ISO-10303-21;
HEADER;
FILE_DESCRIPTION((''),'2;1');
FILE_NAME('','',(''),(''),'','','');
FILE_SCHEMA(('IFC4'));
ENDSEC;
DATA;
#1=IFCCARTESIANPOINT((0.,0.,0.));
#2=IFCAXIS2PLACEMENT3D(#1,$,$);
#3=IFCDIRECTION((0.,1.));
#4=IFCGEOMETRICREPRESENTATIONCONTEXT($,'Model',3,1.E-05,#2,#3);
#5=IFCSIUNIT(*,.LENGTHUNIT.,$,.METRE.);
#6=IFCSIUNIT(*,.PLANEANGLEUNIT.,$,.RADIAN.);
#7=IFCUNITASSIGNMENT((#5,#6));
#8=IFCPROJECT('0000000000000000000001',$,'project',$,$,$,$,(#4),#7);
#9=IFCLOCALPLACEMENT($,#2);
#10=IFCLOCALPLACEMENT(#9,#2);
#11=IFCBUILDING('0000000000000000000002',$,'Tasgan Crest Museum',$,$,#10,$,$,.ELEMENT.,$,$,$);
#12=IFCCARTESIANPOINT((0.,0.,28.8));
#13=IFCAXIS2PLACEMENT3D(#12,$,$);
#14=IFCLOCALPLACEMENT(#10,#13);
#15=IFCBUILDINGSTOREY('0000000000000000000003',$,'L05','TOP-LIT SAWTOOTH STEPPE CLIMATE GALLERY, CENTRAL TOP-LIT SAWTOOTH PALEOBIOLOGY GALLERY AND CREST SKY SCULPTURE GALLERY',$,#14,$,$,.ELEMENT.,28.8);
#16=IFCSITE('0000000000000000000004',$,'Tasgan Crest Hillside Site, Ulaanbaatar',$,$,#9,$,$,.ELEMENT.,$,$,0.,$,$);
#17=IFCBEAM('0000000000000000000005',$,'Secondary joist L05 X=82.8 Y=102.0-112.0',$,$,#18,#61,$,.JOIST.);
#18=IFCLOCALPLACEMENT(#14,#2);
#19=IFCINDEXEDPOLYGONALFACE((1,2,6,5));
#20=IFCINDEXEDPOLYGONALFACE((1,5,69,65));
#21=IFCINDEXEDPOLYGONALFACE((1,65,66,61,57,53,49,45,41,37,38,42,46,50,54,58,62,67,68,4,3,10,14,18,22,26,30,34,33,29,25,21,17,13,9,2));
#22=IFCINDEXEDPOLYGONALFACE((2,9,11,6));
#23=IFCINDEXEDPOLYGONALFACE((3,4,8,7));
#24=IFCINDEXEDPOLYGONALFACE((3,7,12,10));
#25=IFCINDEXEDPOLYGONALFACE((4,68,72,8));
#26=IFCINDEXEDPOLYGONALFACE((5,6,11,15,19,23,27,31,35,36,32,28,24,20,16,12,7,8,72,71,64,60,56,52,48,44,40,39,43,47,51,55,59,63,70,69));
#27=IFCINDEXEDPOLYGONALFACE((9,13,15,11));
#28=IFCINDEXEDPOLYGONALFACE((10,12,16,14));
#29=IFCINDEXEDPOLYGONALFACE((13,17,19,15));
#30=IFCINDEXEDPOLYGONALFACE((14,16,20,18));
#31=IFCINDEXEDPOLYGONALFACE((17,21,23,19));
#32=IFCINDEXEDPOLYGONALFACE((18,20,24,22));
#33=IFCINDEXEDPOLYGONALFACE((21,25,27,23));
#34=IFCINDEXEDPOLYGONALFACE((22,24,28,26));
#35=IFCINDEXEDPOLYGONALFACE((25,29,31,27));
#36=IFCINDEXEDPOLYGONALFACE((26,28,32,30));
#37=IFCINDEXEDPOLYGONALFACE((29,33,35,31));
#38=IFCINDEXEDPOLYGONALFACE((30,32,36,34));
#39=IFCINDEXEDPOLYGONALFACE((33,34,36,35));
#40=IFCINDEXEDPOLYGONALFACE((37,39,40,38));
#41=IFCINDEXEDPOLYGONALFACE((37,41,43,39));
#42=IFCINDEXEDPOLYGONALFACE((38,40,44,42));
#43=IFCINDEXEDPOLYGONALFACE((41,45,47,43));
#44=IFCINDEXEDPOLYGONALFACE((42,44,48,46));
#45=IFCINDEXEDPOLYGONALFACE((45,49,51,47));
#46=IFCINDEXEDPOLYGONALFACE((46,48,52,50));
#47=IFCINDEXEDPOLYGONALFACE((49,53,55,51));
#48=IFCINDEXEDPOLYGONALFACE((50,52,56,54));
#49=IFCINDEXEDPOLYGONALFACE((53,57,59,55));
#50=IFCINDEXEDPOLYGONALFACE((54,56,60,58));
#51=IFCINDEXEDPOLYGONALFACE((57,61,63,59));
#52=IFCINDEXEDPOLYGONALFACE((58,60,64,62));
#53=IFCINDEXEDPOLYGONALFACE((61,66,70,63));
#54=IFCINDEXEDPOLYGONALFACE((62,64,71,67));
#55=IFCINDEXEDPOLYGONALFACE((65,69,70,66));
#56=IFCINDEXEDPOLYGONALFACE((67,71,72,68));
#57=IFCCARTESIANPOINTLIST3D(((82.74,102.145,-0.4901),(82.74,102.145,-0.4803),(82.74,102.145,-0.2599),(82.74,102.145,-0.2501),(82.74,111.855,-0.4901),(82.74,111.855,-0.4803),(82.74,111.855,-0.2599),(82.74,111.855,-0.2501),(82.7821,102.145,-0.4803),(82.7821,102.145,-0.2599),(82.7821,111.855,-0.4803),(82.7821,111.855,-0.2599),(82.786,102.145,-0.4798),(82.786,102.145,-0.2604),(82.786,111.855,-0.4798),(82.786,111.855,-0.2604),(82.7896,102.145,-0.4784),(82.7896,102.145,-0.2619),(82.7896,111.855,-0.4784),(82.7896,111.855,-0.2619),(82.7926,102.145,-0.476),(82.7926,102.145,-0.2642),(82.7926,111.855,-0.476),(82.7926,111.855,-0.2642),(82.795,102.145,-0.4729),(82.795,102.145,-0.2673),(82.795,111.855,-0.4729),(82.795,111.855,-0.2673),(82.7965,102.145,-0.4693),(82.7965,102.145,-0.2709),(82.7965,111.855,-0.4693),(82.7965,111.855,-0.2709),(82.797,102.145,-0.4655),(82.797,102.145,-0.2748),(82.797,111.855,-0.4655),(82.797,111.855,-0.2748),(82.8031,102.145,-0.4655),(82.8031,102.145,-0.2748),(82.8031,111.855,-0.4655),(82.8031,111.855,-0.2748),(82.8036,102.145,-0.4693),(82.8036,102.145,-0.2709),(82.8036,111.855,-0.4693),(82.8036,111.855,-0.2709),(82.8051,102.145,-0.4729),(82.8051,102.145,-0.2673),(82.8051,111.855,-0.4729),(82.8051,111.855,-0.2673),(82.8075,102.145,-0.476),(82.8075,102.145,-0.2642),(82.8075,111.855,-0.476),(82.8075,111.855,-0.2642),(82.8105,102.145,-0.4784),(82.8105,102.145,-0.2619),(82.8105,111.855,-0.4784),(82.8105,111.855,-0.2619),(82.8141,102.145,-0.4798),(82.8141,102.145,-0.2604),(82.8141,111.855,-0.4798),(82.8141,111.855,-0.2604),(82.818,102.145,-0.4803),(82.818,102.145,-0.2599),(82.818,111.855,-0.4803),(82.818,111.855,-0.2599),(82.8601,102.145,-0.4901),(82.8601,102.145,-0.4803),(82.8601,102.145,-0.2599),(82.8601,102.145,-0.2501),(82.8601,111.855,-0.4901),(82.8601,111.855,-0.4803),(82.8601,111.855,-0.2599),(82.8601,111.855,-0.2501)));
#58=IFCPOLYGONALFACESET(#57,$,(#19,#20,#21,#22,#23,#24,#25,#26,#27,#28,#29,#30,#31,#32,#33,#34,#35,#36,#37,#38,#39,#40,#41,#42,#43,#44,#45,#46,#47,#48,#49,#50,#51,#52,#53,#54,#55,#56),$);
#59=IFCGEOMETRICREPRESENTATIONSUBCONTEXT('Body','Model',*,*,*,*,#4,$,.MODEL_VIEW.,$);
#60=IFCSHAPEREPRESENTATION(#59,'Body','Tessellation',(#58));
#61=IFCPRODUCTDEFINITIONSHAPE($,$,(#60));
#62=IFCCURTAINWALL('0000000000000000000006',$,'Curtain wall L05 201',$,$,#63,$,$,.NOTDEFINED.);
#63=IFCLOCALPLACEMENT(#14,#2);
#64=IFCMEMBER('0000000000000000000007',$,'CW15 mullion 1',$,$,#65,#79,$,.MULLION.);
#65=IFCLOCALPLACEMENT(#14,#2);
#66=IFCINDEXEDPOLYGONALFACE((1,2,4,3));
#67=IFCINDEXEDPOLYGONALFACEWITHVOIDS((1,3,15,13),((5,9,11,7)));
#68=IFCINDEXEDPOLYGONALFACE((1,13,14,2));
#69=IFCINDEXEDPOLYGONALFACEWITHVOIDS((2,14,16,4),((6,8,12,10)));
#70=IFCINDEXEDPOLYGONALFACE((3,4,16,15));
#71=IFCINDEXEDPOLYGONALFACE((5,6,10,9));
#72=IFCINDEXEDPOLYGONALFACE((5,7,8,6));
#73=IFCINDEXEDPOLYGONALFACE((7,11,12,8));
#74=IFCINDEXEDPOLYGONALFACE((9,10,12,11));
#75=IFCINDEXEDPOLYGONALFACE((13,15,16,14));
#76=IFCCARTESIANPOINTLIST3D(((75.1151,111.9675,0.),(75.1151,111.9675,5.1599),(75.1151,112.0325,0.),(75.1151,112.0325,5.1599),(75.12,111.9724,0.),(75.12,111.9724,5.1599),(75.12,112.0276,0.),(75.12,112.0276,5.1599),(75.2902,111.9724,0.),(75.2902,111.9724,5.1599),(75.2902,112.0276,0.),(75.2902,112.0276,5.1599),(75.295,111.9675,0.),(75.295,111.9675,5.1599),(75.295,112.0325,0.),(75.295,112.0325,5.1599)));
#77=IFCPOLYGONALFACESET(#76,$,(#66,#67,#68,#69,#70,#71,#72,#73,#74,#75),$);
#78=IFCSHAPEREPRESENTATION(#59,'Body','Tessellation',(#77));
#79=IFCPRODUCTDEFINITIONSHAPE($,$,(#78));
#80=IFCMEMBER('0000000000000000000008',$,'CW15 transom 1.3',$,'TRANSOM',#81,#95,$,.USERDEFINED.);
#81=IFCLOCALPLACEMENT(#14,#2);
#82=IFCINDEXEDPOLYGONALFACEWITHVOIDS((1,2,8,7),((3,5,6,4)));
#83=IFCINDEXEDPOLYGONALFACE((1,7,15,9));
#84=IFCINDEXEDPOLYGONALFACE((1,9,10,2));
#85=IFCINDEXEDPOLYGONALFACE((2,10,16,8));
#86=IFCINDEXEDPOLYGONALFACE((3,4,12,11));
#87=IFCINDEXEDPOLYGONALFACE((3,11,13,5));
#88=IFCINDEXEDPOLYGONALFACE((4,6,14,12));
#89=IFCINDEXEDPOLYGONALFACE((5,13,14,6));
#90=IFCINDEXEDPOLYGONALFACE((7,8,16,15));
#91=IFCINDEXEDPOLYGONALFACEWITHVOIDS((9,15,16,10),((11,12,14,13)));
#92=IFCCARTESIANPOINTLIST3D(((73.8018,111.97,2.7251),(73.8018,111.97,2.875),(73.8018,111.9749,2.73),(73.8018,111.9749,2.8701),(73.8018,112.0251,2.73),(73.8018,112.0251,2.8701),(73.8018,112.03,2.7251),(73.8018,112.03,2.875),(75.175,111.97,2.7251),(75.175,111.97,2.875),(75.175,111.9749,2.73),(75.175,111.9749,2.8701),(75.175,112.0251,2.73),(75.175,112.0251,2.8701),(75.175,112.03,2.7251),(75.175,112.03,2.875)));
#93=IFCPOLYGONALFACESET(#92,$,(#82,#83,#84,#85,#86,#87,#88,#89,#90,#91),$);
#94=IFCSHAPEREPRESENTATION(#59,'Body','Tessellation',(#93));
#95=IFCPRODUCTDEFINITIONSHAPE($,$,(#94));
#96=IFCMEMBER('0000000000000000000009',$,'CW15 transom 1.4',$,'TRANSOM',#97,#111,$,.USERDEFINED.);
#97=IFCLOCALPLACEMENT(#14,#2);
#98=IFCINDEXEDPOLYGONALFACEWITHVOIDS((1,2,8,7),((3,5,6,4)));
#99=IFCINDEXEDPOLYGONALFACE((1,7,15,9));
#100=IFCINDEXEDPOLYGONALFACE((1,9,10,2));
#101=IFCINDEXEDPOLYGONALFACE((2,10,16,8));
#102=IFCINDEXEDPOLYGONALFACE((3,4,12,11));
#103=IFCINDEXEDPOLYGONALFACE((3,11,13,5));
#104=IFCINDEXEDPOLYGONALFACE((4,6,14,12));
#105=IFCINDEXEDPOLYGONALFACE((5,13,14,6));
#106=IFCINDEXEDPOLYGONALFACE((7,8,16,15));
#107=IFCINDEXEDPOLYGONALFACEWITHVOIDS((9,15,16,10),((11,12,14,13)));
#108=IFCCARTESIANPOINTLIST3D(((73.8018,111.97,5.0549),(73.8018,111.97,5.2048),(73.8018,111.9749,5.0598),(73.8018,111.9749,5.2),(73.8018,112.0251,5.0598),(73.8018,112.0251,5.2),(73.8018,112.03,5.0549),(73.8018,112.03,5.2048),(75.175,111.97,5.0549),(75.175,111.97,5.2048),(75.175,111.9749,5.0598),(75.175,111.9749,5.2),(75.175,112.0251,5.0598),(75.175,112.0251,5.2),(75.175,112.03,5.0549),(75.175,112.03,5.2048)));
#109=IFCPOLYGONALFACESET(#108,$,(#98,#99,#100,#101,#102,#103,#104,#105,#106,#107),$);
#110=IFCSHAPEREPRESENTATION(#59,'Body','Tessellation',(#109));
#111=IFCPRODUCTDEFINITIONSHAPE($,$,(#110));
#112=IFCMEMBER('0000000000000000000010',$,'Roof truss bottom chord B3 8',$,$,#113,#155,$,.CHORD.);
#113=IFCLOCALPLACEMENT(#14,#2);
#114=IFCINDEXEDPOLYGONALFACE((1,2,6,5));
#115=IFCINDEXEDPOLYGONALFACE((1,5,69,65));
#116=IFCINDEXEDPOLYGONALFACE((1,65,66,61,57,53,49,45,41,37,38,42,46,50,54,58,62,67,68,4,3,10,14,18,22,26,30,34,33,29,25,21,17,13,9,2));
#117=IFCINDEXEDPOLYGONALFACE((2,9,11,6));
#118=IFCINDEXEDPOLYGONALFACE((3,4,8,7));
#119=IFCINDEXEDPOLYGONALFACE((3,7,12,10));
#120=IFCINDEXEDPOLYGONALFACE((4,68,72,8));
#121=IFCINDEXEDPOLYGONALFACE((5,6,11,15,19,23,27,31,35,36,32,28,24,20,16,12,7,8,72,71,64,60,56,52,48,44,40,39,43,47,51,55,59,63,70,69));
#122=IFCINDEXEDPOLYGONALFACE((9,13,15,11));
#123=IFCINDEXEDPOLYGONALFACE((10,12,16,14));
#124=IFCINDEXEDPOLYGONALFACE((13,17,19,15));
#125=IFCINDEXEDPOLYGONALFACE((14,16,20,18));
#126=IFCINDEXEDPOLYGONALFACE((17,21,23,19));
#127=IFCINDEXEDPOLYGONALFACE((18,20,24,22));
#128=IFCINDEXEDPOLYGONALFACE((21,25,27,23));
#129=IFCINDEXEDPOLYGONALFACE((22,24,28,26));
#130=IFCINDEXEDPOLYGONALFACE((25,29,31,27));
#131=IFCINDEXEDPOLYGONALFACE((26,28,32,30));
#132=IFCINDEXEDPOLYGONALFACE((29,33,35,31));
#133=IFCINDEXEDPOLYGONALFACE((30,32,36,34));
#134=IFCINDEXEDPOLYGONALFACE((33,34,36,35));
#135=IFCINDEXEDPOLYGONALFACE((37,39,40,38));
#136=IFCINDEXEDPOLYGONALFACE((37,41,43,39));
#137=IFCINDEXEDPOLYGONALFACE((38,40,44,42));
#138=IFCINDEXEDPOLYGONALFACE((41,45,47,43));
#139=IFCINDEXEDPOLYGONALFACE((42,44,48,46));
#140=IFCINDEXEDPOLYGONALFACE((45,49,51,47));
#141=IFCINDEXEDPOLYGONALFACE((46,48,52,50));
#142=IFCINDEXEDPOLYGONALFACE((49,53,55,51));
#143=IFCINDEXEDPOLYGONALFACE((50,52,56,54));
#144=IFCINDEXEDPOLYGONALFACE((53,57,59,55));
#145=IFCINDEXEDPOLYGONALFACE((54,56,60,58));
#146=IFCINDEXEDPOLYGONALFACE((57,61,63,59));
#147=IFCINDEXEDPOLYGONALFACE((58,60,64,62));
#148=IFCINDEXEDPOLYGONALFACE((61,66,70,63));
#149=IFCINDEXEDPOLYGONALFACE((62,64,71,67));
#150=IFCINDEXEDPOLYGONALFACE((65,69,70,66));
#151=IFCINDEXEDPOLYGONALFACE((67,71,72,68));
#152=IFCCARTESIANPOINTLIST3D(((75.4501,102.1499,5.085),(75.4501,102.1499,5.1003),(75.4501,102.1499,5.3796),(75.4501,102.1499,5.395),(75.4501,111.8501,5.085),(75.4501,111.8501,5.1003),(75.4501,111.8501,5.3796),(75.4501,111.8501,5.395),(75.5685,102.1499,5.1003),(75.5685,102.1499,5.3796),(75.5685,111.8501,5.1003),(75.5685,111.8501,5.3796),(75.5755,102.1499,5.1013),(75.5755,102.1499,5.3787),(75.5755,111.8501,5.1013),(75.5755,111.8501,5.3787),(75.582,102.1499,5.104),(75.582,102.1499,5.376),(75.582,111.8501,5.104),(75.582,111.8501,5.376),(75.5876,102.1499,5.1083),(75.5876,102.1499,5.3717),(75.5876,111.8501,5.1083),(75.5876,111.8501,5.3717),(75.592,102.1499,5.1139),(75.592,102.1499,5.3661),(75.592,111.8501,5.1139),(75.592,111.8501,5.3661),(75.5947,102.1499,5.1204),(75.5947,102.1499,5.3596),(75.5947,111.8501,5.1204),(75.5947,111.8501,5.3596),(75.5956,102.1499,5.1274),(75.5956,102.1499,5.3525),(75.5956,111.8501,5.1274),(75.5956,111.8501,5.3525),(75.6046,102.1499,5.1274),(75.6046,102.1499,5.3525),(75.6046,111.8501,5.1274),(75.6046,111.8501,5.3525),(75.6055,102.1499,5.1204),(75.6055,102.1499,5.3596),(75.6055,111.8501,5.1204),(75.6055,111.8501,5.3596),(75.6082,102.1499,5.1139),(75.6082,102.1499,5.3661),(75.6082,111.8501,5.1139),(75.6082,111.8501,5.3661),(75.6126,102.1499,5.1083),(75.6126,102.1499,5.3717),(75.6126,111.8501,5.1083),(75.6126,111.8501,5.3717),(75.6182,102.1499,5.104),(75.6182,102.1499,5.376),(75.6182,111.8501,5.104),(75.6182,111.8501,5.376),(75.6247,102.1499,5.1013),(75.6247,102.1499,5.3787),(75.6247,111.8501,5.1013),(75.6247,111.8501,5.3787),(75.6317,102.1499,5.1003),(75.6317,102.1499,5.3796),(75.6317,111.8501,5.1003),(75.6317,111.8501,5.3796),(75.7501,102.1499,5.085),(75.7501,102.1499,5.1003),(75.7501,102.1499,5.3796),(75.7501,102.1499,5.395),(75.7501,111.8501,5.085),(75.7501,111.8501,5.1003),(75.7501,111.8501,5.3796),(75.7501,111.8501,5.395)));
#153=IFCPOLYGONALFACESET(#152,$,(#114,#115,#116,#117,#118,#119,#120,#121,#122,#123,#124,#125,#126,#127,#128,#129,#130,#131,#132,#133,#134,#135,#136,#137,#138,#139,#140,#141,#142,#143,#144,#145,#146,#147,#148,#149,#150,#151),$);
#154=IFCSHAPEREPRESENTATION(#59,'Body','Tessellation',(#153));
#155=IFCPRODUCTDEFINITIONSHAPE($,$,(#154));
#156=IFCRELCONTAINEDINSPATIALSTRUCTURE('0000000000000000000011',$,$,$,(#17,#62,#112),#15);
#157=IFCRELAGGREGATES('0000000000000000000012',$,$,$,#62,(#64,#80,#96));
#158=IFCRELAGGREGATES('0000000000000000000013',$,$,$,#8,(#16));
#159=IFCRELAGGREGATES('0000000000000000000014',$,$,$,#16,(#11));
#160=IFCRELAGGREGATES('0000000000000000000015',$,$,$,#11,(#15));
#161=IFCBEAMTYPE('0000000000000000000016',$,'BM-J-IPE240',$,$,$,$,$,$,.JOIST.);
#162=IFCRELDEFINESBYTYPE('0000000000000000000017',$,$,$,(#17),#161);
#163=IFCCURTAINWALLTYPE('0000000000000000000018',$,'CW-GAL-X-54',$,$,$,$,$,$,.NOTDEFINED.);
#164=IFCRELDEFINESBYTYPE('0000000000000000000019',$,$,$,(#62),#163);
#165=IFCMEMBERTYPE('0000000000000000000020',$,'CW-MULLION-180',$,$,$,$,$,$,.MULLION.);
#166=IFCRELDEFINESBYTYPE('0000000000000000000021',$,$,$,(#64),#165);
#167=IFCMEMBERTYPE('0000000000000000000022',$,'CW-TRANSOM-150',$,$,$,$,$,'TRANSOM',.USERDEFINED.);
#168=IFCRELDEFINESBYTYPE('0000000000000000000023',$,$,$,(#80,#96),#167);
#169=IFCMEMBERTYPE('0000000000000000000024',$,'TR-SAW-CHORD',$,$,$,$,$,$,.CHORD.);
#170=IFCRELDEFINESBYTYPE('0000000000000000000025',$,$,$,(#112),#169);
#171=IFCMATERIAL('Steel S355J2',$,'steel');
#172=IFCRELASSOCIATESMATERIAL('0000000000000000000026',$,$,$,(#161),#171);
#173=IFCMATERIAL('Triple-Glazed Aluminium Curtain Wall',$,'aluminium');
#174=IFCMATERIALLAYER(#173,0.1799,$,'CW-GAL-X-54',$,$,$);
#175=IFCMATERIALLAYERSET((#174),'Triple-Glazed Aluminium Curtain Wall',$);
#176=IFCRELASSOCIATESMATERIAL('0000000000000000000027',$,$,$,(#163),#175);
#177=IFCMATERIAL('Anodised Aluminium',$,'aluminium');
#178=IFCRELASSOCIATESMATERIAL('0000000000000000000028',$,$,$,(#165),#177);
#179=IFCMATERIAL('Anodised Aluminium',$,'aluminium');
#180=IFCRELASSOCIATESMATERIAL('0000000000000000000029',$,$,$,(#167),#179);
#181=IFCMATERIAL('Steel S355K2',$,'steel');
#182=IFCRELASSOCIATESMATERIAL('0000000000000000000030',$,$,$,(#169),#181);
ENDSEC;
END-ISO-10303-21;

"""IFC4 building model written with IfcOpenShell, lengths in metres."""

from ifc_helpers import new_model, si_unit, direction, frame, origin, origin_2d, place, context, subcontext, project, spatial, hollow_rectangle, i_section, extrude, material, layer, layer_set, material_profile, profile_set, type_object, element, aggregate, save


model = new_model("IFC4")

# Units and contexts
model_context = context("Model", 3, precision=1e-05, world=origin(), true_north=direction((0.0, 1.0)))
body_context = subcontext(model_context, "Body", "Model", "MODEL_VIEW")
ifc_project = project(units=[si_unit("LENGTHUNIT", "METRE"), si_unit("PLANEANGLEUNIT", "RADIAN")], contexts=[model_context])

# Site, building, storey
site_placement = place(None, origin())
site = spatial("IfcSite", under=ifc_project, at=site_placement, Name="Tasgan Crest Hillside Site, Ulaanbaatar", CompositionType="ELEMENT", RefElevation=0.0)
building_placement = place(site_placement, origin())
building = spatial("IfcBuilding", under=site, at=building_placement, Name="Tasgan Crest Museum", CompositionType="ELEMENT")
storey_placement = place(building_placement, frame((0.0, 0.0, 28.8)))
storey = spatial("IfcBuildingStorey", under=building, at=storey_placement, Name="L05", Description="TOP-LIT SAWTOOTH STEPPE CLIMATE GALLERY, CENTRAL TOP-LIT SAWTOOTH PALEOBIOLOGY GALLERY AND CREST SKY SCULPTURE GALLERY", CompositionType="ELEMENT", Elevation=28.8)

# Beam
ifc_material_1 = material(Name="Steel S355J2", Category="steel")
ifc_material_profile_1 = material_profile(ifc_material_1, i_section(OverallWidth=0.1201, OverallDepth=0.24, WebThickness=0.0061, FlangeThickness=0.0098, FilletRadius=0.0149, at=origin_2d()), Name="IPE 240")
ifc_profile_set_1 = profile_set([ifc_material_profile_1], Name="Steel S355J2")
beam_type_1 = type_object("IfcBeamType", Name="BM-J-IPE240", PredefinedType="JOIST", material=ifc_profile_set_1)
for number, where, z_axis, x_axis, name in (
    (1, (82.8, 102.145, -0.3701), (0.0, 1.0, 0.0), (-1.0, 0.0, 0.0), "Secondary joist L05 X=82.8 Y=102.0-112.0"),
):
    element("IfcBeam", number, at=place(storey_placement, frame(where, z_axis=z_axis, x_axis=x_axis)), inside=storey, type_object=beam_type_1, Name=name, PredefinedType="JOIST", context=body_context, shape_type="SweptSolid", body=[
        extrude(i_section(OverallWidth=0.1201, OverallDepth=0.24, WebThickness=0.0061, FlangeThickness=0.0098, FilletRadius=0.0149, at=origin_2d()), origin(), (0.0, 0.0, 1.0), 9.71),
    ])

# Curtain wall, members
ifc_material_2 = material(Name="Triple-Glazed Aluminium Curtain Wall", Category="aluminium")
ifc_layer_1 = layer(ifc_material_2, 0.1799, Name="CW-GAL-X-54")
ifc_layer_set_1 = layer_set([ifc_layer_1], Name="Triple-Glazed Aluminium Curtain Wall")
curtain_wall_type = type_object("IfcCurtainWallType", Name="CW-GAL-X-54", PredefinedType="NOTDEFINED", material=ifc_layer_set_1)
curtain_wall_placement = place(storey_placement, origin())
curtain_wall = element("IfcCurtainWall", 2, at=curtain_wall_placement, inside=storey, type_object=curtain_wall_type, Name="Curtain wall L05 201", PredefinedType="NOTDEFINED")
ifc_material_3 = material(Name="Anodised Aluminium", Category="aluminium")
ifc_material_profile_2 = material_profile(ifc_material_3, hollow_rectangle(XDim=0.0649, YDim=0.1799, WallThickness=0.0049, at=origin_2d()), Name="ALU MULLION 180x65x5")
ifc_profile_set_2 = profile_set([ifc_material_profile_2], Name="Anodised Aluminium")
member_type_1 = type_object("IfcMemberType", Name="CW-MULLION-180", PredefinedType="MULLION", material=ifc_profile_set_2)
member_1_placement = place(storey_placement, frame((75.2051, 112.0, 0.0), z_axis=(0.0, 0.0, 1.0), x_axis=(0.0, -1.0, 0.0)))
member_1 = element("IfcMember", 3, at=member_1_placement, type_object=member_type_1, Name="CW15 mullion 1", PredefinedType="MULLION", context=body_context, shape_type="SweptSolid", body=[
    extrude(hollow_rectangle(XDim=0.0649, YDim=0.1799, WallThickness=0.0049, at=origin_2d()), origin(), (0.0, 0.0, 1.0), 5.1599),
])
ifc_material_4 = material(Name="Anodised Aluminium", Category="aluminium")
ifc_material_profile_3 = material_profile(ifc_material_4, hollow_rectangle(XDim=0.0601, YDim=0.1499, WallThickness=0.0049, at=origin_2d()), Name="ALU TRANSOM 150x60x5")
ifc_profile_set_3 = profile_set([ifc_material_profile_3], Name="Anodised Aluminium")
member_type_2 = type_object("IfcMemberType", Name="CW-TRANSOM-150", ElementType="TRANSOM", PredefinedType="USERDEFINED", material=ifc_profile_set_3)
member_2_placement = place(storey_placement, frame((75.175, 112.0, 2.8), z_axis=(-1.0, 0.0, 0.0), x_axis=(0.0, -1.0, 0.0)))
member_2 = element("IfcMember", 4, at=member_2_placement, type_object=member_type_2, Name="CW15 transom 1.3", ObjectType="TRANSOM", PredefinedType="USERDEFINED", context=body_context, shape_type="SweptSolid", body=[
    extrude(hollow_rectangle(XDim=0.0601, YDim=0.1499, WallThickness=0.0049, at=origin_2d()), origin(), (0.0, 0.0, 1.0), 1.3733),
])
member_3_placement = place(storey_placement, frame((75.175, 112.0, 5.1299), z_axis=(-1.0, 0.0, 0.0), x_axis=(0.0, -1.0, 0.0)))
member_3 = element("IfcMember", 5, at=member_3_placement, type_object=member_type_2, Name="CW15 transom 1.4", ObjectType="TRANSOM", PredefinedType="USERDEFINED", context=body_context, shape_type="SweptSolid", body=[
    extrude(hollow_rectangle(XDim=0.0601, YDim=0.1499, WallThickness=0.0049, at=origin_2d()), origin(), (0.0, 0.0, 1.0), 1.3733),
])
aggregate(curtain_wall, [member_1, member_2, member_3])

# Member
ifc_material_5 = material(Name="Steel S355K2", Category="steel")
ifc_material_profile_4 = material_profile(ifc_material_5, i_section(OverallWidth=0.3, OverallDepth=0.3101, WebThickness=0.009, FlangeThickness=0.0154, FilletRadius=0.0271, at=origin_2d()), Name="HEA 320")
ifc_profile_set_4 = profile_set([ifc_material_profile_4], Name="Steel S355K2")
member_type_3 = type_object("IfcMemberType", Name="TR-SAW-CHORD", PredefinedType="CHORD", material=ifc_profile_set_4)
member_4_placement = place(storey_placement, frame((75.6001, 102.1499, 5.24), z_axis=(0.0, 1.0, 0.0), x_axis=(-1.0, 0.0, 0.0)))
element("IfcMember", 6, at=member_4_placement, inside=storey, type_object=member_type_3, Name="Roof truss bottom chord B3 8", PredefinedType="CHORD", context=body_context, shape_type="SweptSolid", body=[
    extrude(i_section(OverallWidth=0.3, OverallDepth=0.3101, WebThickness=0.009, FlangeThickness=0.0154, FilletRadius=0.0271, at=origin_2d()), origin(), (0.0, 0.0, 1.0), 9.7002),
])

save(model, "model.ifc")
